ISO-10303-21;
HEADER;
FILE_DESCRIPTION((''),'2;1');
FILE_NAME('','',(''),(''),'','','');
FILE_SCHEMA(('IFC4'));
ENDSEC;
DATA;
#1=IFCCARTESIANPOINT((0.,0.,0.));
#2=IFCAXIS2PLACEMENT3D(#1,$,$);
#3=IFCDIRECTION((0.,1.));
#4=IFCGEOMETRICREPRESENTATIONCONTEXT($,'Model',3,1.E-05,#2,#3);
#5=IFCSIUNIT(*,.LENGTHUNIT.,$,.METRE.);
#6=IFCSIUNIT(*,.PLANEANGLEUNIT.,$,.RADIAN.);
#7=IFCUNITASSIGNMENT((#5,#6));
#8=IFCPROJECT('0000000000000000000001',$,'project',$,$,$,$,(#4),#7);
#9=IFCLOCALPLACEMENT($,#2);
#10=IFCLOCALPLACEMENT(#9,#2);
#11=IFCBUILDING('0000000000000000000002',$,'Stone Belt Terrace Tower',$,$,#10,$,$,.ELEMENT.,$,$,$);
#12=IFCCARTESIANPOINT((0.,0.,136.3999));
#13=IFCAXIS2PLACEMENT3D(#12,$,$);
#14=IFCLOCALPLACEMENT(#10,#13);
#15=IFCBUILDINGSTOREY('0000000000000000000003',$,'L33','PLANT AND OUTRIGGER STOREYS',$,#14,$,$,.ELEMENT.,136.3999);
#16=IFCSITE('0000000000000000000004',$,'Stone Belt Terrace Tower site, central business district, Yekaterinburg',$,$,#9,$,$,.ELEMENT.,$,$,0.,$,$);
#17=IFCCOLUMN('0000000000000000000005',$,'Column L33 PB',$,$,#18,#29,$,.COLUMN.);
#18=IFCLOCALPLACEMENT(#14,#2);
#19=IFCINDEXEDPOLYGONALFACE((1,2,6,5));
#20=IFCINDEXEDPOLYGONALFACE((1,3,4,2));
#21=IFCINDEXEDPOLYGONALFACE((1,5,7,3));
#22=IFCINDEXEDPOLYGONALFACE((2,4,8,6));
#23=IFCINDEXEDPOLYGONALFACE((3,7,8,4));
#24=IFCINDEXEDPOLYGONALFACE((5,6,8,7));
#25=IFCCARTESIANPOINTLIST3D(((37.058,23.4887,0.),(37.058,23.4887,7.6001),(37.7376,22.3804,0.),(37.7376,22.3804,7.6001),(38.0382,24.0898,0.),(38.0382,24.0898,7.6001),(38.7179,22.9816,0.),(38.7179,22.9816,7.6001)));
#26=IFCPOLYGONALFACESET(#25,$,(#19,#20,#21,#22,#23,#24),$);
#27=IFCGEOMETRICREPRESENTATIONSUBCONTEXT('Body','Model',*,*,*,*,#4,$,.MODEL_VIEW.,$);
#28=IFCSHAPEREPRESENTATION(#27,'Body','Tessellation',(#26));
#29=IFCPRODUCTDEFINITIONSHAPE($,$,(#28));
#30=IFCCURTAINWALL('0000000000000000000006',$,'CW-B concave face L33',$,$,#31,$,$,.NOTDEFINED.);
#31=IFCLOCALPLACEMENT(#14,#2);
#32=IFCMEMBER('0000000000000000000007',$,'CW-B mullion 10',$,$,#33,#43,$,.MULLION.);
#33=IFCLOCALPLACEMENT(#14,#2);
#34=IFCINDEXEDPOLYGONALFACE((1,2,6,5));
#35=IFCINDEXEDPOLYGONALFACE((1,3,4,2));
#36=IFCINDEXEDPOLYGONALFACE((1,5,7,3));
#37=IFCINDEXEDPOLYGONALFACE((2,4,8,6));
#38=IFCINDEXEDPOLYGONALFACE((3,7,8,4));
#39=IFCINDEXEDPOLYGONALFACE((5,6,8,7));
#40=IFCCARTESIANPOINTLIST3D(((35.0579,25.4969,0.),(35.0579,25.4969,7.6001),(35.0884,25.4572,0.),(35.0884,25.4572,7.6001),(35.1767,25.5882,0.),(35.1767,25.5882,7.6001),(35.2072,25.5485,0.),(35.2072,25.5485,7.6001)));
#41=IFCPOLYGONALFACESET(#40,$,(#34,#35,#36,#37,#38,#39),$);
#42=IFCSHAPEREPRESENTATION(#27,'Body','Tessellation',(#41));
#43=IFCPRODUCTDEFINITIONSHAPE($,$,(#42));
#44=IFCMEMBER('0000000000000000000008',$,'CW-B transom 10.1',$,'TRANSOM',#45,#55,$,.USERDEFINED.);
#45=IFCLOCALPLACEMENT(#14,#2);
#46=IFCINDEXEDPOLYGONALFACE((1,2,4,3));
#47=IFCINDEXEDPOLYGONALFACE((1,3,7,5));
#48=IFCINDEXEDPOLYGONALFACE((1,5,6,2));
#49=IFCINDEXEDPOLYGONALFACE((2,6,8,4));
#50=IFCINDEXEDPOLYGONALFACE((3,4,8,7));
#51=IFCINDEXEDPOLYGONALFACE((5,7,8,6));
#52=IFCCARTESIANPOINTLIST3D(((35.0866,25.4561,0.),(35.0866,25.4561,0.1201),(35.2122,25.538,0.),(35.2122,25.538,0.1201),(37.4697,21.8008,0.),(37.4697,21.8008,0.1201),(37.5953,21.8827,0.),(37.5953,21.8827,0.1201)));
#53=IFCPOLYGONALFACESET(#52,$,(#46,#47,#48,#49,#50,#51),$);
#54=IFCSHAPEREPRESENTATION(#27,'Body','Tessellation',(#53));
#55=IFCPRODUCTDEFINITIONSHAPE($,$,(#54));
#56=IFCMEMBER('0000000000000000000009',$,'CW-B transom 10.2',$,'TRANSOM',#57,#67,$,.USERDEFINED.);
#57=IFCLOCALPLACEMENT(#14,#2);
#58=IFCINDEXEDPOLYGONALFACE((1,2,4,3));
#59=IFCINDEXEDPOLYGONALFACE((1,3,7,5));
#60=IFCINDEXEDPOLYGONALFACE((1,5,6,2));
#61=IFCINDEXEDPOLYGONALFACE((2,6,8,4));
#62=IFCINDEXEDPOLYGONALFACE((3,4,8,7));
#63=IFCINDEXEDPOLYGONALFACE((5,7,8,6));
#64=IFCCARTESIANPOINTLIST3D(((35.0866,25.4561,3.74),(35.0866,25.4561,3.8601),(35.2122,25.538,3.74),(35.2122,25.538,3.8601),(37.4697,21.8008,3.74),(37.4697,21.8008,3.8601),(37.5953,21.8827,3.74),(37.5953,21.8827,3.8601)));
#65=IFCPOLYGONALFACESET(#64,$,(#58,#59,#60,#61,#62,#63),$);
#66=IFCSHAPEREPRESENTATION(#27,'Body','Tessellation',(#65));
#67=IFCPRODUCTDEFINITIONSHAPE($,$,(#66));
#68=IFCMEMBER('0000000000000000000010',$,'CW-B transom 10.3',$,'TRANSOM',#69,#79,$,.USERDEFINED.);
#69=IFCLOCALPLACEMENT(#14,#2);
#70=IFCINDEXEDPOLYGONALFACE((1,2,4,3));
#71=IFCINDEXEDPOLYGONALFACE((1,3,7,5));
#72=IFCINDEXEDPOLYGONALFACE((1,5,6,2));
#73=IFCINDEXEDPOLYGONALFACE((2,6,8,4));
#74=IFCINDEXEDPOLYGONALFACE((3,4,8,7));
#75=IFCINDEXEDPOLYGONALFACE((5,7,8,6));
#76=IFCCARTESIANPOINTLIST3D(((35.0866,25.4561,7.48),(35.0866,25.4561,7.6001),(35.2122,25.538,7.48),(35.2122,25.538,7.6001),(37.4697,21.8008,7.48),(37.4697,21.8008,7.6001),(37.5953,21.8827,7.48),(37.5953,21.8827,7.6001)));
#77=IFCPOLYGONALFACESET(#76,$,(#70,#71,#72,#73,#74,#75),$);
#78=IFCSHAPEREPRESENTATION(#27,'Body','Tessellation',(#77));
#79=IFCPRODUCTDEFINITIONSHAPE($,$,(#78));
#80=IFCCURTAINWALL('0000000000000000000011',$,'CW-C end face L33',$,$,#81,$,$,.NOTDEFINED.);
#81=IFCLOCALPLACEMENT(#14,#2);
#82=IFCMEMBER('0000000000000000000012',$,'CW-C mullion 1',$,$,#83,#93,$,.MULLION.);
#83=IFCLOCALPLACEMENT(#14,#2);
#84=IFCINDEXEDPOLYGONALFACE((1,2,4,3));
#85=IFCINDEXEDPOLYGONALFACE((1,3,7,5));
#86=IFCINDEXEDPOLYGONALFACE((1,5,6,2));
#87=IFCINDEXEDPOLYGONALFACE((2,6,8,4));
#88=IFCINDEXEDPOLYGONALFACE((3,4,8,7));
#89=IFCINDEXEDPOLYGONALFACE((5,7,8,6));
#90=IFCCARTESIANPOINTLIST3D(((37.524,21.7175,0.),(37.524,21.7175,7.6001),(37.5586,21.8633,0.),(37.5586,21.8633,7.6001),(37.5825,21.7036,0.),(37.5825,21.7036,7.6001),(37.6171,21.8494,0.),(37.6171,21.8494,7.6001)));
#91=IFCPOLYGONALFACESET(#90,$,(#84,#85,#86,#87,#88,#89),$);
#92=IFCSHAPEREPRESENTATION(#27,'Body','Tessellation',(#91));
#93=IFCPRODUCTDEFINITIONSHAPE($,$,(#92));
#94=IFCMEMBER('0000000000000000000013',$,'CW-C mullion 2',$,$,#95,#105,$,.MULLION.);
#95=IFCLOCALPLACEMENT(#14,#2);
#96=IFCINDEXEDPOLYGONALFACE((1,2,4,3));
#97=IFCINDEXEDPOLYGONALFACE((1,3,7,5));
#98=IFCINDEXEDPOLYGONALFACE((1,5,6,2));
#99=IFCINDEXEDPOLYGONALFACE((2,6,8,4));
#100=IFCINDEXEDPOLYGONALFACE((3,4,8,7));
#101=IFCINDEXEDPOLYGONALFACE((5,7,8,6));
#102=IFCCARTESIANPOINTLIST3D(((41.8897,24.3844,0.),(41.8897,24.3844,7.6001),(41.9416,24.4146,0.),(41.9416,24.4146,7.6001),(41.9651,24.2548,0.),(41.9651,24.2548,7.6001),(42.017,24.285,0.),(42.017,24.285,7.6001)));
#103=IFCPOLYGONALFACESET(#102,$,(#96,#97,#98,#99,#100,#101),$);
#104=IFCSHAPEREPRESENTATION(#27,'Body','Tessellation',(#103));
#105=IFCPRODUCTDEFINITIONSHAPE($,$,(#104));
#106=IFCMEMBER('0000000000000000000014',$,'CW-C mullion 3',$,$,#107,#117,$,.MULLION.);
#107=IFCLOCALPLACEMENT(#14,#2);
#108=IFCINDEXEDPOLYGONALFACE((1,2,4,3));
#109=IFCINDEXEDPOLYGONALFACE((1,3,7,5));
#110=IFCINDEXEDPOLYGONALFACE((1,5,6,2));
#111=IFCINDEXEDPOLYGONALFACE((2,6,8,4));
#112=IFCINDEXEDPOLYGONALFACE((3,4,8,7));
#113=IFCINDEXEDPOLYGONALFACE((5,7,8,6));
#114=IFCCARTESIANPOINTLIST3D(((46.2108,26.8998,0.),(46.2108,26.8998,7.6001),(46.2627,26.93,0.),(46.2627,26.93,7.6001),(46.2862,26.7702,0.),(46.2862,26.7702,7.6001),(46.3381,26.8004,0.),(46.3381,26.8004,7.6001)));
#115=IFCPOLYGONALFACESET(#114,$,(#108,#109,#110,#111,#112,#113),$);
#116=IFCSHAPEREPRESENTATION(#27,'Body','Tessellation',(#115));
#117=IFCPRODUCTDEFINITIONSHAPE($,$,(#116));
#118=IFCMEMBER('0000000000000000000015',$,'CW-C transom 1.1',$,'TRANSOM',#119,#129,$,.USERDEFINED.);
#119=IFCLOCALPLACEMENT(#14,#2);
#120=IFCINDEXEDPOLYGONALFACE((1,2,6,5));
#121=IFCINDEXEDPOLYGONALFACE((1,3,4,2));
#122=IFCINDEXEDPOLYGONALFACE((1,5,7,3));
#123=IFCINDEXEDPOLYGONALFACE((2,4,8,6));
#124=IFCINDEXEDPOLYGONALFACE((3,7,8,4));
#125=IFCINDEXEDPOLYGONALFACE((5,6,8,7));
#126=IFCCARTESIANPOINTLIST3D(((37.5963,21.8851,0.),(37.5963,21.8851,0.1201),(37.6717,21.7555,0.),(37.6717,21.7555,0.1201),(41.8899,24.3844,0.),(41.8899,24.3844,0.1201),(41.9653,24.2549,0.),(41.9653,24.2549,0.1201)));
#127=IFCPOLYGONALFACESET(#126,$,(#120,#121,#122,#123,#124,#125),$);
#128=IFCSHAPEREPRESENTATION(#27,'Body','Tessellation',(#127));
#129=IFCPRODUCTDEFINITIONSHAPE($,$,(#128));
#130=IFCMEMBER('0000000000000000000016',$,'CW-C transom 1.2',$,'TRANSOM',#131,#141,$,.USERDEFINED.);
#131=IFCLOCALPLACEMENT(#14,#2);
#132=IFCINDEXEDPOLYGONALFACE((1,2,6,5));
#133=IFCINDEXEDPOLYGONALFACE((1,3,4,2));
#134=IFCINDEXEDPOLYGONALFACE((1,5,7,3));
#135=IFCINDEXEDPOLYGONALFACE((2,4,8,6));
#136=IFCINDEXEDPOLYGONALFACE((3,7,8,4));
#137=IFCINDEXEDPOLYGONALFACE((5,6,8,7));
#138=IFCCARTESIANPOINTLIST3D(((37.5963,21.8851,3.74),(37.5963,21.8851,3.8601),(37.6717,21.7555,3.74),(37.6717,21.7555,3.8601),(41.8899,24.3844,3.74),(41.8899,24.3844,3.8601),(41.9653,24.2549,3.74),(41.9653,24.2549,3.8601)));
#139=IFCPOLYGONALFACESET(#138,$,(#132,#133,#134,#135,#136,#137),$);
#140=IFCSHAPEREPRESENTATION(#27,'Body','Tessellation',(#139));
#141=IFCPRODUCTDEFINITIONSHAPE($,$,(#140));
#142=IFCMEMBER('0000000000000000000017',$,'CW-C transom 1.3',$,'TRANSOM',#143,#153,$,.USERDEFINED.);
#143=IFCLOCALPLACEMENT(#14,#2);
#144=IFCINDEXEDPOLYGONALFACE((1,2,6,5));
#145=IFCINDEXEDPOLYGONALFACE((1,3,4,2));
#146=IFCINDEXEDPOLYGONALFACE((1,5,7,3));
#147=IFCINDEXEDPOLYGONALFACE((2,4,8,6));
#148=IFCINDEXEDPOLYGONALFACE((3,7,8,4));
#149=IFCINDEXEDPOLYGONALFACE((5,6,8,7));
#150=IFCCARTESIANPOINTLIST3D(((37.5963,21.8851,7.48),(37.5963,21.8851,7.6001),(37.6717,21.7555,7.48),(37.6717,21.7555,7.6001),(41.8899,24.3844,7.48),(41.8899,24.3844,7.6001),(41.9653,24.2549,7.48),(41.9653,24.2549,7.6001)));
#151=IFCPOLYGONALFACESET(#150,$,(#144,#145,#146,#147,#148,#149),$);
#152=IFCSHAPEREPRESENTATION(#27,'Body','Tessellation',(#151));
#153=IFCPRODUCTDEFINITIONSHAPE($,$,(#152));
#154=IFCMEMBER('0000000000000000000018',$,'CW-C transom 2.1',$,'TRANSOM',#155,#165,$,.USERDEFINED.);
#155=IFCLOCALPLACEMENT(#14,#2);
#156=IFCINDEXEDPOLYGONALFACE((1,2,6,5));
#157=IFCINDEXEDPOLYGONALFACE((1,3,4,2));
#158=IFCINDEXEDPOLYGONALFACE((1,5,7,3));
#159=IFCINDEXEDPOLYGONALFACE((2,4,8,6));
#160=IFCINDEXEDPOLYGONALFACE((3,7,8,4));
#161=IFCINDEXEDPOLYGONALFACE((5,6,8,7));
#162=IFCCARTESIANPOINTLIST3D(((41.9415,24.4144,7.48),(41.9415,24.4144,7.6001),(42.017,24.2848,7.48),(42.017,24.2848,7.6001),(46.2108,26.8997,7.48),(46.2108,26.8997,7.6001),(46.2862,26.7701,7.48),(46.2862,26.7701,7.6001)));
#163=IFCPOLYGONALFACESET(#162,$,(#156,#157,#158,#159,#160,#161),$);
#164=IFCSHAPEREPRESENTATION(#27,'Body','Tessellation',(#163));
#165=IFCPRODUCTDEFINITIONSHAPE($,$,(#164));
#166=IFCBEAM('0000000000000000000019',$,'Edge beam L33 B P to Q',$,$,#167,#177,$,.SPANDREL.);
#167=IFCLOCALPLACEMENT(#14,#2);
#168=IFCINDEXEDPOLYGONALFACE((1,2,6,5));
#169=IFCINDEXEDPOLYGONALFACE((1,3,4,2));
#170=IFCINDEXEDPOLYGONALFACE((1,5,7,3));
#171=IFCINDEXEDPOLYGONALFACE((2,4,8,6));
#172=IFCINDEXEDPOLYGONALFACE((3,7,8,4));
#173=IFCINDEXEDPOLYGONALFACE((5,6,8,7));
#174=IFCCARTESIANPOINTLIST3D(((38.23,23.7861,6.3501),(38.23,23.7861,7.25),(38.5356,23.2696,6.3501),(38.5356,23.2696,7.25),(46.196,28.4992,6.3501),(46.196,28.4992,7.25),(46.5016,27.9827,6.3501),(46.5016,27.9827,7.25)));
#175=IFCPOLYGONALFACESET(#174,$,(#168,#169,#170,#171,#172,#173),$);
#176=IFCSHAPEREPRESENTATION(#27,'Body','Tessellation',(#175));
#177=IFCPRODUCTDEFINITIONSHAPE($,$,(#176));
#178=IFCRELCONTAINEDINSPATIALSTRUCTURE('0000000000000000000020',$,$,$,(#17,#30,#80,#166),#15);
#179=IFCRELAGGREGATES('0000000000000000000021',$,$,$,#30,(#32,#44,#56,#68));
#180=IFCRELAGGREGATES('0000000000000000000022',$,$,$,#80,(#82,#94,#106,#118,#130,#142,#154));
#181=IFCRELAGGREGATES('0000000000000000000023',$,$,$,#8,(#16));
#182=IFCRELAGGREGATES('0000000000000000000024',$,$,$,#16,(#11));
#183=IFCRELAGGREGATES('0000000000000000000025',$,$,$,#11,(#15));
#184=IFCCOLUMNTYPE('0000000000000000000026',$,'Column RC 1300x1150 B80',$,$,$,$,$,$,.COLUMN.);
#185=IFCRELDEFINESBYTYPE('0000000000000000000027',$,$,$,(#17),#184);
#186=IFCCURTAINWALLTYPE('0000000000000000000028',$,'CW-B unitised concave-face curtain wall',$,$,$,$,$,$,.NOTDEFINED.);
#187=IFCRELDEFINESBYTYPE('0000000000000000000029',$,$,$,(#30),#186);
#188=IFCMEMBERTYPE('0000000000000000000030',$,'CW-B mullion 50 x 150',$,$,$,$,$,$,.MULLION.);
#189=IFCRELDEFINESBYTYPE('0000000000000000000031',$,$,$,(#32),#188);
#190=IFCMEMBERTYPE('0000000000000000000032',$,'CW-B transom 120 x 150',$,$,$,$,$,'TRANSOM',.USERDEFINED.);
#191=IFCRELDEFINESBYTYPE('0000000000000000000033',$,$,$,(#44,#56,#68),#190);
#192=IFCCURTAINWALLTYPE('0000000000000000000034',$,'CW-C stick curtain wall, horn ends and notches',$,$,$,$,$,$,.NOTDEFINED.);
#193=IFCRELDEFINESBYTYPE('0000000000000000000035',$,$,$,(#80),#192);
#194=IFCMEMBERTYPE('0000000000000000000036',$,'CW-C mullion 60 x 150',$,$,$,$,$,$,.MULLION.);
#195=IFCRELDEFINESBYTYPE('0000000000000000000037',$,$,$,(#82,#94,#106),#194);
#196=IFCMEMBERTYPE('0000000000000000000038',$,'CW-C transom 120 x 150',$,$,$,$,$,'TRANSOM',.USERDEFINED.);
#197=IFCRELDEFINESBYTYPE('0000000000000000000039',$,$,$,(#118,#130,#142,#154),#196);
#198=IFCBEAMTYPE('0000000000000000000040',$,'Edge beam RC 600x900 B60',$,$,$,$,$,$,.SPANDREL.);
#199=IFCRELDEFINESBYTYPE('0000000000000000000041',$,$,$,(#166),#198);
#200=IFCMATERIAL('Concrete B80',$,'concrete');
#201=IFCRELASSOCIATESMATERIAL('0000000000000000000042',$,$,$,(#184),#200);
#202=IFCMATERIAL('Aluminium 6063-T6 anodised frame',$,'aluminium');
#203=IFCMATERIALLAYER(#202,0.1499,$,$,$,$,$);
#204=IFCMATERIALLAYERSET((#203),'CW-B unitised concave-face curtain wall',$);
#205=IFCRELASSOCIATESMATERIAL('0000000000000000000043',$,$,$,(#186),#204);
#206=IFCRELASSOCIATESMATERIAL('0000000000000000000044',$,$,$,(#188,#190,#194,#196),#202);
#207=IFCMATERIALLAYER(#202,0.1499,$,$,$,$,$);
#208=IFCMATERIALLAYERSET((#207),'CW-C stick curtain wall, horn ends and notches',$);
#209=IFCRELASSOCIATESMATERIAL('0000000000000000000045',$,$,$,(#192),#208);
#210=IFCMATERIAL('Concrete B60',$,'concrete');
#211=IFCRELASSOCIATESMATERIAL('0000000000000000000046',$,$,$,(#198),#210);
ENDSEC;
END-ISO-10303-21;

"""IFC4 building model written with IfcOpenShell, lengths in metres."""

from ifc_helpers import new_model, si_unit, direction, frame, origin, origin_2d, place, context, subcontext, project, spatial, rectangle, extrude, material, layer, layer_set, material_profile, profile_set, type_object, element, aggregate, save


model = new_model("IFC4")

# Units and contexts
model_context = context("Model", 3, precision=1e-05, world=origin(), true_north=direction((0.0, 1.0)))
body_context = subcontext(model_context, "Body", "Model", "MODEL_VIEW")
ifc_project = project(units=[si_unit("LENGTHUNIT", "METRE"), si_unit("PLANEANGLEUNIT", "RADIAN")], contexts=[model_context])

# Site, building, storey
site_placement = place(None, origin())
site = spatial("IfcSite", under=ifc_project, at=site_placement, Name="Stone Belt Terrace Tower site, central business district, Yekaterinburg", CompositionType="ELEMENT", RefElevation=0.0)
building_placement = place(site_placement, origin())
building = spatial("IfcBuilding", under=site, at=building_placement, Name="Stone Belt Terrace Tower", CompositionType="ELEMENT")
storey_placement = place(building_placement, frame((0.0, 0.0, 136.3999)))
storey = spatial("IfcBuildingStorey", under=building, at=storey_placement, Name="L33", Description="PLANT AND OUTRIGGER STOREYS", CompositionType="ELEMENT", Elevation=136.3999)

# Column
ifc_material_1 = material(Name="Concrete B80", Category="concrete")
ifc_material_profile_1 = material_profile(ifc_material_1, rectangle(XDim=1.3, YDim=1.1499, at=origin_2d()), Name="RC 1300x1150")
ifc_profile_set_1 = profile_set([ifc_material_profile_1], Name="Concrete B80")
column_type = type_object("IfcColumnType", Name="Column RC 1300x1150 B80", PredefinedType="COLUMN", material=ifc_profile_set_1)
column_placement = place(storey_placement, frame((37.8879, 23.2351, 0.0), z_axis=(0.0, 0.0, 1.0), x_axis=(0.522781, -0.852467, 0.0)))
element("IfcColumn", 1, at=column_placement, inside=storey, type_object=column_type, Name="Column L33 PB", PredefinedType="COLUMN", context=body_context, shape_type="SweptSolid", body=[
    extrude(rectangle(XDim=1.3, YDim=1.1499, at=origin_2d()), origin(), (0.0, 0.0, 1.0), 7.6001),
])

# Curtain walls, members
ifc_material_2 = material(Name="Aluminium 6063-T6 anodised frame", Category="aluminium")
ifc_layer_1 = layer(ifc_material_2, 0.1499)
ifc_layer_set_1 = layer_set([ifc_layer_1], Name="CW-B unitised concave-face curtain wall")
curtain_wall_type_1 = type_object("IfcCurtainWallType", Name="CW-B unitised concave-face curtain wall", PredefinedType="NOTDEFINED", material=ifc_layer_set_1)
curtain_wall_1_placement = place(storey_placement, origin())
curtain_wall_1 = element("IfcCurtainWall", 2, at=curtain_wall_1_placement, inside=storey, type_object=curtain_wall_type_1, Name="CW-B concave face L33", PredefinedType="NOTDEFINED")
ifc_material_profile_2 = material_profile(ifc_material_2, rectangle(XDim=0.1499, YDim=0.05, at=origin_2d()), Name="Aluminium 6063-T6 50x150")
ifc_profile_set_2 = profile_set([ifc_material_profile_2], Name="Aluminium 6063-T6 anodised frame")
member_type_1 = type_object("IfcMemberType", Name="CW-B mullion 50 x 150", PredefinedType="MULLION", material=ifc_profile_set_2)
member_1_placement = place(storey_placement, frame((35.1326, 25.5227, 0.0), z_axis=(0.0, 0.0, 1.0), x_axis=(0.792811, 0.609468, 0.0)))
member_1 = element("IfcMember", 3, at=member_1_placement, type_object=member_type_1, Name="CW-B mullion 10", PredefinedType="MULLION", context=body_context, shape_type="SweptSolid", body=[
    extrude(rectangle(XDim=0.1499, YDim=0.05, at=origin_2d()), origin(), (0.0, 0.0, 1.0), 7.6001),
])
ifc_material_profile_3 = material_profile(ifc_material_2, rectangle(XDim=0.1499, YDim=0.1201, at=origin_2d()), Name="Aluminium 6063-T6 150x120")
ifc_profile_set_3 = profile_set([ifc_material_profile_3], Name="Aluminium 6063-T6 anodised frame")
member_type_2 = type_object("IfcMemberType", Name="CW-B transom 120 x 150", ElementType="TRANSOM", PredefinedType="USERDEFINED", material=ifc_profile_set_3)
member_2_placement = place(storey_placement, frame((35.1494, 25.4971, 0.0601), z_axis=(0.546136, -0.837696, 0.0), x_axis=(0.837696, 0.546136, 0.0)))
member_2 = element("IfcMember", 4, at=member_2_placement, type_object=member_type_2, Name="CW-B transom 10.1", ObjectType="TRANSOM", PredefinedType="USERDEFINED", context=body_context, shape_type="SweptSolid", body=[
    extrude(rectangle(XDim=0.1499, YDim=0.1201, at=origin_2d()), origin(), (0.0, 0.0, 1.0), 4.3635),
])
member_3_placement = place(storey_placement, frame((35.1494, 25.4971, 3.8), z_axis=(0.546136, -0.837696, 0.0), x_axis=(0.837696, 0.546136, 0.0)))
member_3 = element("IfcMember", 5, at=member_3_placement, type_object=member_type_2, Name="CW-B transom 10.2", ObjectType="TRANSOM", PredefinedType="USERDEFINED", context=body_context, shape_type="SweptSolid", body=[
    extrude(rectangle(XDim=0.1499, YDim=0.1201, at=origin_2d()), origin(), (0.0, 0.0, 1.0), 4.3635),
])
member_4_placement = place(storey_placement, frame((35.1494, 25.4971, 7.54), z_axis=(0.546136, -0.837696, 0.0), x_axis=(0.837696, 0.546136, 0.0)))
member_4 = element("IfcMember", 6, at=member_4_placement, type_object=member_type_2, Name="CW-B transom 10.3", ObjectType="TRANSOM", PredefinedType="USERDEFINED", context=body_context, shape_type="SweptSolid", body=[
    extrude(rectangle(XDim=0.1499, YDim=0.1201, at=origin_2d()), origin(), (0.0, 0.0, 1.0), 4.3635),
])
ifc_layer_2 = layer(ifc_material_2, 0.1499)
ifc_layer_set_2 = layer_set([ifc_layer_2], Name="CW-C stick curtain wall, horn ends and notches")
curtain_wall_type_2 = type_object("IfcCurtainWallType", Name="CW-C stick curtain wall, horn ends and notches", PredefinedType="NOTDEFINED", material=ifc_layer_set_2)
curtain_wall_2_placement = place(storey_placement, origin())
curtain_wall_2 = element("IfcCurtainWall", 7, at=curtain_wall_2_placement, inside=storey, type_object=curtain_wall_type_2, Name="CW-C end face L33", PredefinedType="NOTDEFINED")
ifc_material_profile_4 = material_profile(ifc_material_2, rectangle(XDim=0.1499, YDim=0.0601, at=origin_2d()), Name="Aluminium 6063-T6 60x150")
ifc_profile_set_4 = profile_set([ifc_material_profile_4], Name="Aluminium 6063-T6 anodised frame")
member_type_3 = type_object("IfcMemberType", Name="CW-C mullion 60 x 150", PredefinedType="MULLION", material=ifc_profile_set_4)
member_5_placement = place(storey_placement, frame((37.5706, 21.7834, 0.0), z_axis=(0.0, 0.0, 1.0), x_axis=(0.230847, 0.97299, 0.0)))
member_5 = element("IfcMember", 8, at=member_5_placement, type_object=member_type_3, Name="CW-C mullion 1", PredefinedType="MULLION", context=body_context, shape_type="SweptSolid", body=[
    extrude(rectangle(XDim=0.1499, YDim=0.0601, at=origin_2d()), origin(), (0.0, 0.0, 1.0), 7.6001),
])
member_6_placement = place(storey_placement, frame((41.9534, 24.3347, 0.0), z_axis=(0.0, 0.0, 1.0), x_axis=(-0.503081, 0.864239, 0.0)))
member_6 = element("IfcMember", 9, at=member_6_placement, type_object=member_type_3, Name="CW-C mullion 2", PredefinedType="MULLION", context=body_context, shape_type="SweptSolid", body=[
    extrude(rectangle(XDim=0.1499, YDim=0.0601, at=origin_2d()), origin(), (0.0, 0.0, 1.0), 7.6001),
])
member_7_placement = place(storey_placement, frame((46.2744, 26.8501, 0.0), z_axis=(0.0, 0.0, 1.0), x_axis=(-0.503081, 0.864239, 0.0)))
member_7 = element("IfcMember", 10, at=member_7_placement, type_object=member_type_3, Name="CW-C mullion 3", PredefinedType="MULLION", context=body_context, shape_type="SweptSolid", body=[
    extrude(rectangle(XDim=0.1499, YDim=0.0601, at=origin_2d()), origin(), (0.0, 0.0, 1.0), 7.6001),
])
ifc_material_profile_5 = material_profile(ifc_material_2, rectangle(XDim=0.1499, YDim=0.1201, at=origin_2d()), Name="Aluminium 6063-T6 150x120")
ifc_profile_set_5 = profile_set([ifc_material_profile_5], Name="Aluminium 6063-T6 anodised frame")
member_type_4 = type_object("IfcMemberType", Name="CW-C transom 120 x 150", ElementType="TRANSOM", PredefinedType="USERDEFINED", material=ifc_profile_set_5)
member_8_placement = place(storey_placement, frame((37.634, 21.8203, 0.0601), z_axis=(0.864238, 0.503082, 0.0), x_axis=(-0.503082, 0.864238, 0.0)))
member_8 = element("IfcMember", 11, at=member_8_placement, type_object=member_type_4, Name="CW-C transom 1.1", ObjectType="TRANSOM", PredefinedType="USERDEFINED", context=body_context, shape_type="SweptSolid", body=[
    extrude(rectangle(XDim=0.1499, YDim=0.1201, at=origin_2d()), origin(), (0.0, 0.0, 1.0), 4.968),
])
member_9_placement = place(storey_placement, frame((37.634, 21.8203, 3.8), z_axis=(0.864238, 0.503082, 0.0), x_axis=(-0.503082, 0.864238, 0.0)))
member_9 = element("IfcMember", 12, at=member_9_placement, type_object=member_type_4, Name="CW-C transom 1.2", ObjectType="TRANSOM", PredefinedType="USERDEFINED", context=body_context, shape_type="SweptSolid", body=[
    extrude(rectangle(XDim=0.1499, YDim=0.1201, at=origin_2d()), origin(), (0.0, 0.0, 1.0), 4.968),
])
member_10_placement = place(storey_placement, frame((37.634, 21.8203, 7.54), z_axis=(0.864238, 0.503082, 0.0), x_axis=(-0.503082, 0.864238, 0.0)))
member_10 = element("IfcMember", 13, at=member_10_placement, type_object=member_type_4, Name="CW-C transom 1.3", ObjectType="TRANSOM", PredefinedType="USERDEFINED", context=body_context, shape_type="SweptSolid", body=[
    extrude(rectangle(XDim=0.1499, YDim=0.1201, at=origin_2d()), origin(), (0.0, 0.0, 1.0), 4.968),
])
member_11_placement = place(storey_placement, frame((41.9792, 24.3496, 7.54), z_axis=(0.864225, 0.503106, 0.0), x_axis=(-0.503106, 0.864225, 0.0)))
member_11 = element("IfcMember", 14, at=member_11_placement, type_object=member_type_4, Name="CW-C transom 2.1", ObjectType="TRANSOM", PredefinedType="USERDEFINED", context=body_context, shape_type="SweptSolid", body=[
    extrude(rectangle(XDim=0.1499, YDim=0.1201, at=origin_2d()), origin(), (0.0, 0.0, 1.0), 4.9399),
])

# Beam
ifc_material_3 = material(Name="Concrete B60", Category="concrete")
ifc_material_profile_6 = material_profile(ifc_material_3, rectangle(XDim=0.6001, YDim=0.8999, at=origin_2d()), Name="RC 600x900")
ifc_profile_set_6 = profile_set([ifc_material_profile_6], Name="Concrete B60")
beam_type = type_object("IfcBeamType", Name="Edge beam RC 600x900 B60", PredefinedType="SPANDREL", material=ifc_profile_set_6)
beam_placement = place(storey_placement, frame((38.3828, 23.5278, 6.8), z_axis=(0.860647, 0.509203, 0.0), x_axis=(-0.509203, 0.860647, 0.0)))
element("IfcBeam", 15, at=beam_placement, inside=storey, type_object=beam_type, Name="Edge beam L33 B P to Q", PredefinedType="SPANDREL", context=body_context, shape_type="SweptSolid", body=[
    extrude(rectangle(XDim=0.6001, YDim=0.8999, at=origin_2d()), origin(), (0.0, 0.0, 1.0), 9.2559),
])

aggregate(curtain_wall_1, [member_1, member_2, member_3, member_4])
aggregate(curtain_wall_2, [member_5, member_6, member_7, member_8, member_9, member_10, member_11])

save(model, "model.ifc")
